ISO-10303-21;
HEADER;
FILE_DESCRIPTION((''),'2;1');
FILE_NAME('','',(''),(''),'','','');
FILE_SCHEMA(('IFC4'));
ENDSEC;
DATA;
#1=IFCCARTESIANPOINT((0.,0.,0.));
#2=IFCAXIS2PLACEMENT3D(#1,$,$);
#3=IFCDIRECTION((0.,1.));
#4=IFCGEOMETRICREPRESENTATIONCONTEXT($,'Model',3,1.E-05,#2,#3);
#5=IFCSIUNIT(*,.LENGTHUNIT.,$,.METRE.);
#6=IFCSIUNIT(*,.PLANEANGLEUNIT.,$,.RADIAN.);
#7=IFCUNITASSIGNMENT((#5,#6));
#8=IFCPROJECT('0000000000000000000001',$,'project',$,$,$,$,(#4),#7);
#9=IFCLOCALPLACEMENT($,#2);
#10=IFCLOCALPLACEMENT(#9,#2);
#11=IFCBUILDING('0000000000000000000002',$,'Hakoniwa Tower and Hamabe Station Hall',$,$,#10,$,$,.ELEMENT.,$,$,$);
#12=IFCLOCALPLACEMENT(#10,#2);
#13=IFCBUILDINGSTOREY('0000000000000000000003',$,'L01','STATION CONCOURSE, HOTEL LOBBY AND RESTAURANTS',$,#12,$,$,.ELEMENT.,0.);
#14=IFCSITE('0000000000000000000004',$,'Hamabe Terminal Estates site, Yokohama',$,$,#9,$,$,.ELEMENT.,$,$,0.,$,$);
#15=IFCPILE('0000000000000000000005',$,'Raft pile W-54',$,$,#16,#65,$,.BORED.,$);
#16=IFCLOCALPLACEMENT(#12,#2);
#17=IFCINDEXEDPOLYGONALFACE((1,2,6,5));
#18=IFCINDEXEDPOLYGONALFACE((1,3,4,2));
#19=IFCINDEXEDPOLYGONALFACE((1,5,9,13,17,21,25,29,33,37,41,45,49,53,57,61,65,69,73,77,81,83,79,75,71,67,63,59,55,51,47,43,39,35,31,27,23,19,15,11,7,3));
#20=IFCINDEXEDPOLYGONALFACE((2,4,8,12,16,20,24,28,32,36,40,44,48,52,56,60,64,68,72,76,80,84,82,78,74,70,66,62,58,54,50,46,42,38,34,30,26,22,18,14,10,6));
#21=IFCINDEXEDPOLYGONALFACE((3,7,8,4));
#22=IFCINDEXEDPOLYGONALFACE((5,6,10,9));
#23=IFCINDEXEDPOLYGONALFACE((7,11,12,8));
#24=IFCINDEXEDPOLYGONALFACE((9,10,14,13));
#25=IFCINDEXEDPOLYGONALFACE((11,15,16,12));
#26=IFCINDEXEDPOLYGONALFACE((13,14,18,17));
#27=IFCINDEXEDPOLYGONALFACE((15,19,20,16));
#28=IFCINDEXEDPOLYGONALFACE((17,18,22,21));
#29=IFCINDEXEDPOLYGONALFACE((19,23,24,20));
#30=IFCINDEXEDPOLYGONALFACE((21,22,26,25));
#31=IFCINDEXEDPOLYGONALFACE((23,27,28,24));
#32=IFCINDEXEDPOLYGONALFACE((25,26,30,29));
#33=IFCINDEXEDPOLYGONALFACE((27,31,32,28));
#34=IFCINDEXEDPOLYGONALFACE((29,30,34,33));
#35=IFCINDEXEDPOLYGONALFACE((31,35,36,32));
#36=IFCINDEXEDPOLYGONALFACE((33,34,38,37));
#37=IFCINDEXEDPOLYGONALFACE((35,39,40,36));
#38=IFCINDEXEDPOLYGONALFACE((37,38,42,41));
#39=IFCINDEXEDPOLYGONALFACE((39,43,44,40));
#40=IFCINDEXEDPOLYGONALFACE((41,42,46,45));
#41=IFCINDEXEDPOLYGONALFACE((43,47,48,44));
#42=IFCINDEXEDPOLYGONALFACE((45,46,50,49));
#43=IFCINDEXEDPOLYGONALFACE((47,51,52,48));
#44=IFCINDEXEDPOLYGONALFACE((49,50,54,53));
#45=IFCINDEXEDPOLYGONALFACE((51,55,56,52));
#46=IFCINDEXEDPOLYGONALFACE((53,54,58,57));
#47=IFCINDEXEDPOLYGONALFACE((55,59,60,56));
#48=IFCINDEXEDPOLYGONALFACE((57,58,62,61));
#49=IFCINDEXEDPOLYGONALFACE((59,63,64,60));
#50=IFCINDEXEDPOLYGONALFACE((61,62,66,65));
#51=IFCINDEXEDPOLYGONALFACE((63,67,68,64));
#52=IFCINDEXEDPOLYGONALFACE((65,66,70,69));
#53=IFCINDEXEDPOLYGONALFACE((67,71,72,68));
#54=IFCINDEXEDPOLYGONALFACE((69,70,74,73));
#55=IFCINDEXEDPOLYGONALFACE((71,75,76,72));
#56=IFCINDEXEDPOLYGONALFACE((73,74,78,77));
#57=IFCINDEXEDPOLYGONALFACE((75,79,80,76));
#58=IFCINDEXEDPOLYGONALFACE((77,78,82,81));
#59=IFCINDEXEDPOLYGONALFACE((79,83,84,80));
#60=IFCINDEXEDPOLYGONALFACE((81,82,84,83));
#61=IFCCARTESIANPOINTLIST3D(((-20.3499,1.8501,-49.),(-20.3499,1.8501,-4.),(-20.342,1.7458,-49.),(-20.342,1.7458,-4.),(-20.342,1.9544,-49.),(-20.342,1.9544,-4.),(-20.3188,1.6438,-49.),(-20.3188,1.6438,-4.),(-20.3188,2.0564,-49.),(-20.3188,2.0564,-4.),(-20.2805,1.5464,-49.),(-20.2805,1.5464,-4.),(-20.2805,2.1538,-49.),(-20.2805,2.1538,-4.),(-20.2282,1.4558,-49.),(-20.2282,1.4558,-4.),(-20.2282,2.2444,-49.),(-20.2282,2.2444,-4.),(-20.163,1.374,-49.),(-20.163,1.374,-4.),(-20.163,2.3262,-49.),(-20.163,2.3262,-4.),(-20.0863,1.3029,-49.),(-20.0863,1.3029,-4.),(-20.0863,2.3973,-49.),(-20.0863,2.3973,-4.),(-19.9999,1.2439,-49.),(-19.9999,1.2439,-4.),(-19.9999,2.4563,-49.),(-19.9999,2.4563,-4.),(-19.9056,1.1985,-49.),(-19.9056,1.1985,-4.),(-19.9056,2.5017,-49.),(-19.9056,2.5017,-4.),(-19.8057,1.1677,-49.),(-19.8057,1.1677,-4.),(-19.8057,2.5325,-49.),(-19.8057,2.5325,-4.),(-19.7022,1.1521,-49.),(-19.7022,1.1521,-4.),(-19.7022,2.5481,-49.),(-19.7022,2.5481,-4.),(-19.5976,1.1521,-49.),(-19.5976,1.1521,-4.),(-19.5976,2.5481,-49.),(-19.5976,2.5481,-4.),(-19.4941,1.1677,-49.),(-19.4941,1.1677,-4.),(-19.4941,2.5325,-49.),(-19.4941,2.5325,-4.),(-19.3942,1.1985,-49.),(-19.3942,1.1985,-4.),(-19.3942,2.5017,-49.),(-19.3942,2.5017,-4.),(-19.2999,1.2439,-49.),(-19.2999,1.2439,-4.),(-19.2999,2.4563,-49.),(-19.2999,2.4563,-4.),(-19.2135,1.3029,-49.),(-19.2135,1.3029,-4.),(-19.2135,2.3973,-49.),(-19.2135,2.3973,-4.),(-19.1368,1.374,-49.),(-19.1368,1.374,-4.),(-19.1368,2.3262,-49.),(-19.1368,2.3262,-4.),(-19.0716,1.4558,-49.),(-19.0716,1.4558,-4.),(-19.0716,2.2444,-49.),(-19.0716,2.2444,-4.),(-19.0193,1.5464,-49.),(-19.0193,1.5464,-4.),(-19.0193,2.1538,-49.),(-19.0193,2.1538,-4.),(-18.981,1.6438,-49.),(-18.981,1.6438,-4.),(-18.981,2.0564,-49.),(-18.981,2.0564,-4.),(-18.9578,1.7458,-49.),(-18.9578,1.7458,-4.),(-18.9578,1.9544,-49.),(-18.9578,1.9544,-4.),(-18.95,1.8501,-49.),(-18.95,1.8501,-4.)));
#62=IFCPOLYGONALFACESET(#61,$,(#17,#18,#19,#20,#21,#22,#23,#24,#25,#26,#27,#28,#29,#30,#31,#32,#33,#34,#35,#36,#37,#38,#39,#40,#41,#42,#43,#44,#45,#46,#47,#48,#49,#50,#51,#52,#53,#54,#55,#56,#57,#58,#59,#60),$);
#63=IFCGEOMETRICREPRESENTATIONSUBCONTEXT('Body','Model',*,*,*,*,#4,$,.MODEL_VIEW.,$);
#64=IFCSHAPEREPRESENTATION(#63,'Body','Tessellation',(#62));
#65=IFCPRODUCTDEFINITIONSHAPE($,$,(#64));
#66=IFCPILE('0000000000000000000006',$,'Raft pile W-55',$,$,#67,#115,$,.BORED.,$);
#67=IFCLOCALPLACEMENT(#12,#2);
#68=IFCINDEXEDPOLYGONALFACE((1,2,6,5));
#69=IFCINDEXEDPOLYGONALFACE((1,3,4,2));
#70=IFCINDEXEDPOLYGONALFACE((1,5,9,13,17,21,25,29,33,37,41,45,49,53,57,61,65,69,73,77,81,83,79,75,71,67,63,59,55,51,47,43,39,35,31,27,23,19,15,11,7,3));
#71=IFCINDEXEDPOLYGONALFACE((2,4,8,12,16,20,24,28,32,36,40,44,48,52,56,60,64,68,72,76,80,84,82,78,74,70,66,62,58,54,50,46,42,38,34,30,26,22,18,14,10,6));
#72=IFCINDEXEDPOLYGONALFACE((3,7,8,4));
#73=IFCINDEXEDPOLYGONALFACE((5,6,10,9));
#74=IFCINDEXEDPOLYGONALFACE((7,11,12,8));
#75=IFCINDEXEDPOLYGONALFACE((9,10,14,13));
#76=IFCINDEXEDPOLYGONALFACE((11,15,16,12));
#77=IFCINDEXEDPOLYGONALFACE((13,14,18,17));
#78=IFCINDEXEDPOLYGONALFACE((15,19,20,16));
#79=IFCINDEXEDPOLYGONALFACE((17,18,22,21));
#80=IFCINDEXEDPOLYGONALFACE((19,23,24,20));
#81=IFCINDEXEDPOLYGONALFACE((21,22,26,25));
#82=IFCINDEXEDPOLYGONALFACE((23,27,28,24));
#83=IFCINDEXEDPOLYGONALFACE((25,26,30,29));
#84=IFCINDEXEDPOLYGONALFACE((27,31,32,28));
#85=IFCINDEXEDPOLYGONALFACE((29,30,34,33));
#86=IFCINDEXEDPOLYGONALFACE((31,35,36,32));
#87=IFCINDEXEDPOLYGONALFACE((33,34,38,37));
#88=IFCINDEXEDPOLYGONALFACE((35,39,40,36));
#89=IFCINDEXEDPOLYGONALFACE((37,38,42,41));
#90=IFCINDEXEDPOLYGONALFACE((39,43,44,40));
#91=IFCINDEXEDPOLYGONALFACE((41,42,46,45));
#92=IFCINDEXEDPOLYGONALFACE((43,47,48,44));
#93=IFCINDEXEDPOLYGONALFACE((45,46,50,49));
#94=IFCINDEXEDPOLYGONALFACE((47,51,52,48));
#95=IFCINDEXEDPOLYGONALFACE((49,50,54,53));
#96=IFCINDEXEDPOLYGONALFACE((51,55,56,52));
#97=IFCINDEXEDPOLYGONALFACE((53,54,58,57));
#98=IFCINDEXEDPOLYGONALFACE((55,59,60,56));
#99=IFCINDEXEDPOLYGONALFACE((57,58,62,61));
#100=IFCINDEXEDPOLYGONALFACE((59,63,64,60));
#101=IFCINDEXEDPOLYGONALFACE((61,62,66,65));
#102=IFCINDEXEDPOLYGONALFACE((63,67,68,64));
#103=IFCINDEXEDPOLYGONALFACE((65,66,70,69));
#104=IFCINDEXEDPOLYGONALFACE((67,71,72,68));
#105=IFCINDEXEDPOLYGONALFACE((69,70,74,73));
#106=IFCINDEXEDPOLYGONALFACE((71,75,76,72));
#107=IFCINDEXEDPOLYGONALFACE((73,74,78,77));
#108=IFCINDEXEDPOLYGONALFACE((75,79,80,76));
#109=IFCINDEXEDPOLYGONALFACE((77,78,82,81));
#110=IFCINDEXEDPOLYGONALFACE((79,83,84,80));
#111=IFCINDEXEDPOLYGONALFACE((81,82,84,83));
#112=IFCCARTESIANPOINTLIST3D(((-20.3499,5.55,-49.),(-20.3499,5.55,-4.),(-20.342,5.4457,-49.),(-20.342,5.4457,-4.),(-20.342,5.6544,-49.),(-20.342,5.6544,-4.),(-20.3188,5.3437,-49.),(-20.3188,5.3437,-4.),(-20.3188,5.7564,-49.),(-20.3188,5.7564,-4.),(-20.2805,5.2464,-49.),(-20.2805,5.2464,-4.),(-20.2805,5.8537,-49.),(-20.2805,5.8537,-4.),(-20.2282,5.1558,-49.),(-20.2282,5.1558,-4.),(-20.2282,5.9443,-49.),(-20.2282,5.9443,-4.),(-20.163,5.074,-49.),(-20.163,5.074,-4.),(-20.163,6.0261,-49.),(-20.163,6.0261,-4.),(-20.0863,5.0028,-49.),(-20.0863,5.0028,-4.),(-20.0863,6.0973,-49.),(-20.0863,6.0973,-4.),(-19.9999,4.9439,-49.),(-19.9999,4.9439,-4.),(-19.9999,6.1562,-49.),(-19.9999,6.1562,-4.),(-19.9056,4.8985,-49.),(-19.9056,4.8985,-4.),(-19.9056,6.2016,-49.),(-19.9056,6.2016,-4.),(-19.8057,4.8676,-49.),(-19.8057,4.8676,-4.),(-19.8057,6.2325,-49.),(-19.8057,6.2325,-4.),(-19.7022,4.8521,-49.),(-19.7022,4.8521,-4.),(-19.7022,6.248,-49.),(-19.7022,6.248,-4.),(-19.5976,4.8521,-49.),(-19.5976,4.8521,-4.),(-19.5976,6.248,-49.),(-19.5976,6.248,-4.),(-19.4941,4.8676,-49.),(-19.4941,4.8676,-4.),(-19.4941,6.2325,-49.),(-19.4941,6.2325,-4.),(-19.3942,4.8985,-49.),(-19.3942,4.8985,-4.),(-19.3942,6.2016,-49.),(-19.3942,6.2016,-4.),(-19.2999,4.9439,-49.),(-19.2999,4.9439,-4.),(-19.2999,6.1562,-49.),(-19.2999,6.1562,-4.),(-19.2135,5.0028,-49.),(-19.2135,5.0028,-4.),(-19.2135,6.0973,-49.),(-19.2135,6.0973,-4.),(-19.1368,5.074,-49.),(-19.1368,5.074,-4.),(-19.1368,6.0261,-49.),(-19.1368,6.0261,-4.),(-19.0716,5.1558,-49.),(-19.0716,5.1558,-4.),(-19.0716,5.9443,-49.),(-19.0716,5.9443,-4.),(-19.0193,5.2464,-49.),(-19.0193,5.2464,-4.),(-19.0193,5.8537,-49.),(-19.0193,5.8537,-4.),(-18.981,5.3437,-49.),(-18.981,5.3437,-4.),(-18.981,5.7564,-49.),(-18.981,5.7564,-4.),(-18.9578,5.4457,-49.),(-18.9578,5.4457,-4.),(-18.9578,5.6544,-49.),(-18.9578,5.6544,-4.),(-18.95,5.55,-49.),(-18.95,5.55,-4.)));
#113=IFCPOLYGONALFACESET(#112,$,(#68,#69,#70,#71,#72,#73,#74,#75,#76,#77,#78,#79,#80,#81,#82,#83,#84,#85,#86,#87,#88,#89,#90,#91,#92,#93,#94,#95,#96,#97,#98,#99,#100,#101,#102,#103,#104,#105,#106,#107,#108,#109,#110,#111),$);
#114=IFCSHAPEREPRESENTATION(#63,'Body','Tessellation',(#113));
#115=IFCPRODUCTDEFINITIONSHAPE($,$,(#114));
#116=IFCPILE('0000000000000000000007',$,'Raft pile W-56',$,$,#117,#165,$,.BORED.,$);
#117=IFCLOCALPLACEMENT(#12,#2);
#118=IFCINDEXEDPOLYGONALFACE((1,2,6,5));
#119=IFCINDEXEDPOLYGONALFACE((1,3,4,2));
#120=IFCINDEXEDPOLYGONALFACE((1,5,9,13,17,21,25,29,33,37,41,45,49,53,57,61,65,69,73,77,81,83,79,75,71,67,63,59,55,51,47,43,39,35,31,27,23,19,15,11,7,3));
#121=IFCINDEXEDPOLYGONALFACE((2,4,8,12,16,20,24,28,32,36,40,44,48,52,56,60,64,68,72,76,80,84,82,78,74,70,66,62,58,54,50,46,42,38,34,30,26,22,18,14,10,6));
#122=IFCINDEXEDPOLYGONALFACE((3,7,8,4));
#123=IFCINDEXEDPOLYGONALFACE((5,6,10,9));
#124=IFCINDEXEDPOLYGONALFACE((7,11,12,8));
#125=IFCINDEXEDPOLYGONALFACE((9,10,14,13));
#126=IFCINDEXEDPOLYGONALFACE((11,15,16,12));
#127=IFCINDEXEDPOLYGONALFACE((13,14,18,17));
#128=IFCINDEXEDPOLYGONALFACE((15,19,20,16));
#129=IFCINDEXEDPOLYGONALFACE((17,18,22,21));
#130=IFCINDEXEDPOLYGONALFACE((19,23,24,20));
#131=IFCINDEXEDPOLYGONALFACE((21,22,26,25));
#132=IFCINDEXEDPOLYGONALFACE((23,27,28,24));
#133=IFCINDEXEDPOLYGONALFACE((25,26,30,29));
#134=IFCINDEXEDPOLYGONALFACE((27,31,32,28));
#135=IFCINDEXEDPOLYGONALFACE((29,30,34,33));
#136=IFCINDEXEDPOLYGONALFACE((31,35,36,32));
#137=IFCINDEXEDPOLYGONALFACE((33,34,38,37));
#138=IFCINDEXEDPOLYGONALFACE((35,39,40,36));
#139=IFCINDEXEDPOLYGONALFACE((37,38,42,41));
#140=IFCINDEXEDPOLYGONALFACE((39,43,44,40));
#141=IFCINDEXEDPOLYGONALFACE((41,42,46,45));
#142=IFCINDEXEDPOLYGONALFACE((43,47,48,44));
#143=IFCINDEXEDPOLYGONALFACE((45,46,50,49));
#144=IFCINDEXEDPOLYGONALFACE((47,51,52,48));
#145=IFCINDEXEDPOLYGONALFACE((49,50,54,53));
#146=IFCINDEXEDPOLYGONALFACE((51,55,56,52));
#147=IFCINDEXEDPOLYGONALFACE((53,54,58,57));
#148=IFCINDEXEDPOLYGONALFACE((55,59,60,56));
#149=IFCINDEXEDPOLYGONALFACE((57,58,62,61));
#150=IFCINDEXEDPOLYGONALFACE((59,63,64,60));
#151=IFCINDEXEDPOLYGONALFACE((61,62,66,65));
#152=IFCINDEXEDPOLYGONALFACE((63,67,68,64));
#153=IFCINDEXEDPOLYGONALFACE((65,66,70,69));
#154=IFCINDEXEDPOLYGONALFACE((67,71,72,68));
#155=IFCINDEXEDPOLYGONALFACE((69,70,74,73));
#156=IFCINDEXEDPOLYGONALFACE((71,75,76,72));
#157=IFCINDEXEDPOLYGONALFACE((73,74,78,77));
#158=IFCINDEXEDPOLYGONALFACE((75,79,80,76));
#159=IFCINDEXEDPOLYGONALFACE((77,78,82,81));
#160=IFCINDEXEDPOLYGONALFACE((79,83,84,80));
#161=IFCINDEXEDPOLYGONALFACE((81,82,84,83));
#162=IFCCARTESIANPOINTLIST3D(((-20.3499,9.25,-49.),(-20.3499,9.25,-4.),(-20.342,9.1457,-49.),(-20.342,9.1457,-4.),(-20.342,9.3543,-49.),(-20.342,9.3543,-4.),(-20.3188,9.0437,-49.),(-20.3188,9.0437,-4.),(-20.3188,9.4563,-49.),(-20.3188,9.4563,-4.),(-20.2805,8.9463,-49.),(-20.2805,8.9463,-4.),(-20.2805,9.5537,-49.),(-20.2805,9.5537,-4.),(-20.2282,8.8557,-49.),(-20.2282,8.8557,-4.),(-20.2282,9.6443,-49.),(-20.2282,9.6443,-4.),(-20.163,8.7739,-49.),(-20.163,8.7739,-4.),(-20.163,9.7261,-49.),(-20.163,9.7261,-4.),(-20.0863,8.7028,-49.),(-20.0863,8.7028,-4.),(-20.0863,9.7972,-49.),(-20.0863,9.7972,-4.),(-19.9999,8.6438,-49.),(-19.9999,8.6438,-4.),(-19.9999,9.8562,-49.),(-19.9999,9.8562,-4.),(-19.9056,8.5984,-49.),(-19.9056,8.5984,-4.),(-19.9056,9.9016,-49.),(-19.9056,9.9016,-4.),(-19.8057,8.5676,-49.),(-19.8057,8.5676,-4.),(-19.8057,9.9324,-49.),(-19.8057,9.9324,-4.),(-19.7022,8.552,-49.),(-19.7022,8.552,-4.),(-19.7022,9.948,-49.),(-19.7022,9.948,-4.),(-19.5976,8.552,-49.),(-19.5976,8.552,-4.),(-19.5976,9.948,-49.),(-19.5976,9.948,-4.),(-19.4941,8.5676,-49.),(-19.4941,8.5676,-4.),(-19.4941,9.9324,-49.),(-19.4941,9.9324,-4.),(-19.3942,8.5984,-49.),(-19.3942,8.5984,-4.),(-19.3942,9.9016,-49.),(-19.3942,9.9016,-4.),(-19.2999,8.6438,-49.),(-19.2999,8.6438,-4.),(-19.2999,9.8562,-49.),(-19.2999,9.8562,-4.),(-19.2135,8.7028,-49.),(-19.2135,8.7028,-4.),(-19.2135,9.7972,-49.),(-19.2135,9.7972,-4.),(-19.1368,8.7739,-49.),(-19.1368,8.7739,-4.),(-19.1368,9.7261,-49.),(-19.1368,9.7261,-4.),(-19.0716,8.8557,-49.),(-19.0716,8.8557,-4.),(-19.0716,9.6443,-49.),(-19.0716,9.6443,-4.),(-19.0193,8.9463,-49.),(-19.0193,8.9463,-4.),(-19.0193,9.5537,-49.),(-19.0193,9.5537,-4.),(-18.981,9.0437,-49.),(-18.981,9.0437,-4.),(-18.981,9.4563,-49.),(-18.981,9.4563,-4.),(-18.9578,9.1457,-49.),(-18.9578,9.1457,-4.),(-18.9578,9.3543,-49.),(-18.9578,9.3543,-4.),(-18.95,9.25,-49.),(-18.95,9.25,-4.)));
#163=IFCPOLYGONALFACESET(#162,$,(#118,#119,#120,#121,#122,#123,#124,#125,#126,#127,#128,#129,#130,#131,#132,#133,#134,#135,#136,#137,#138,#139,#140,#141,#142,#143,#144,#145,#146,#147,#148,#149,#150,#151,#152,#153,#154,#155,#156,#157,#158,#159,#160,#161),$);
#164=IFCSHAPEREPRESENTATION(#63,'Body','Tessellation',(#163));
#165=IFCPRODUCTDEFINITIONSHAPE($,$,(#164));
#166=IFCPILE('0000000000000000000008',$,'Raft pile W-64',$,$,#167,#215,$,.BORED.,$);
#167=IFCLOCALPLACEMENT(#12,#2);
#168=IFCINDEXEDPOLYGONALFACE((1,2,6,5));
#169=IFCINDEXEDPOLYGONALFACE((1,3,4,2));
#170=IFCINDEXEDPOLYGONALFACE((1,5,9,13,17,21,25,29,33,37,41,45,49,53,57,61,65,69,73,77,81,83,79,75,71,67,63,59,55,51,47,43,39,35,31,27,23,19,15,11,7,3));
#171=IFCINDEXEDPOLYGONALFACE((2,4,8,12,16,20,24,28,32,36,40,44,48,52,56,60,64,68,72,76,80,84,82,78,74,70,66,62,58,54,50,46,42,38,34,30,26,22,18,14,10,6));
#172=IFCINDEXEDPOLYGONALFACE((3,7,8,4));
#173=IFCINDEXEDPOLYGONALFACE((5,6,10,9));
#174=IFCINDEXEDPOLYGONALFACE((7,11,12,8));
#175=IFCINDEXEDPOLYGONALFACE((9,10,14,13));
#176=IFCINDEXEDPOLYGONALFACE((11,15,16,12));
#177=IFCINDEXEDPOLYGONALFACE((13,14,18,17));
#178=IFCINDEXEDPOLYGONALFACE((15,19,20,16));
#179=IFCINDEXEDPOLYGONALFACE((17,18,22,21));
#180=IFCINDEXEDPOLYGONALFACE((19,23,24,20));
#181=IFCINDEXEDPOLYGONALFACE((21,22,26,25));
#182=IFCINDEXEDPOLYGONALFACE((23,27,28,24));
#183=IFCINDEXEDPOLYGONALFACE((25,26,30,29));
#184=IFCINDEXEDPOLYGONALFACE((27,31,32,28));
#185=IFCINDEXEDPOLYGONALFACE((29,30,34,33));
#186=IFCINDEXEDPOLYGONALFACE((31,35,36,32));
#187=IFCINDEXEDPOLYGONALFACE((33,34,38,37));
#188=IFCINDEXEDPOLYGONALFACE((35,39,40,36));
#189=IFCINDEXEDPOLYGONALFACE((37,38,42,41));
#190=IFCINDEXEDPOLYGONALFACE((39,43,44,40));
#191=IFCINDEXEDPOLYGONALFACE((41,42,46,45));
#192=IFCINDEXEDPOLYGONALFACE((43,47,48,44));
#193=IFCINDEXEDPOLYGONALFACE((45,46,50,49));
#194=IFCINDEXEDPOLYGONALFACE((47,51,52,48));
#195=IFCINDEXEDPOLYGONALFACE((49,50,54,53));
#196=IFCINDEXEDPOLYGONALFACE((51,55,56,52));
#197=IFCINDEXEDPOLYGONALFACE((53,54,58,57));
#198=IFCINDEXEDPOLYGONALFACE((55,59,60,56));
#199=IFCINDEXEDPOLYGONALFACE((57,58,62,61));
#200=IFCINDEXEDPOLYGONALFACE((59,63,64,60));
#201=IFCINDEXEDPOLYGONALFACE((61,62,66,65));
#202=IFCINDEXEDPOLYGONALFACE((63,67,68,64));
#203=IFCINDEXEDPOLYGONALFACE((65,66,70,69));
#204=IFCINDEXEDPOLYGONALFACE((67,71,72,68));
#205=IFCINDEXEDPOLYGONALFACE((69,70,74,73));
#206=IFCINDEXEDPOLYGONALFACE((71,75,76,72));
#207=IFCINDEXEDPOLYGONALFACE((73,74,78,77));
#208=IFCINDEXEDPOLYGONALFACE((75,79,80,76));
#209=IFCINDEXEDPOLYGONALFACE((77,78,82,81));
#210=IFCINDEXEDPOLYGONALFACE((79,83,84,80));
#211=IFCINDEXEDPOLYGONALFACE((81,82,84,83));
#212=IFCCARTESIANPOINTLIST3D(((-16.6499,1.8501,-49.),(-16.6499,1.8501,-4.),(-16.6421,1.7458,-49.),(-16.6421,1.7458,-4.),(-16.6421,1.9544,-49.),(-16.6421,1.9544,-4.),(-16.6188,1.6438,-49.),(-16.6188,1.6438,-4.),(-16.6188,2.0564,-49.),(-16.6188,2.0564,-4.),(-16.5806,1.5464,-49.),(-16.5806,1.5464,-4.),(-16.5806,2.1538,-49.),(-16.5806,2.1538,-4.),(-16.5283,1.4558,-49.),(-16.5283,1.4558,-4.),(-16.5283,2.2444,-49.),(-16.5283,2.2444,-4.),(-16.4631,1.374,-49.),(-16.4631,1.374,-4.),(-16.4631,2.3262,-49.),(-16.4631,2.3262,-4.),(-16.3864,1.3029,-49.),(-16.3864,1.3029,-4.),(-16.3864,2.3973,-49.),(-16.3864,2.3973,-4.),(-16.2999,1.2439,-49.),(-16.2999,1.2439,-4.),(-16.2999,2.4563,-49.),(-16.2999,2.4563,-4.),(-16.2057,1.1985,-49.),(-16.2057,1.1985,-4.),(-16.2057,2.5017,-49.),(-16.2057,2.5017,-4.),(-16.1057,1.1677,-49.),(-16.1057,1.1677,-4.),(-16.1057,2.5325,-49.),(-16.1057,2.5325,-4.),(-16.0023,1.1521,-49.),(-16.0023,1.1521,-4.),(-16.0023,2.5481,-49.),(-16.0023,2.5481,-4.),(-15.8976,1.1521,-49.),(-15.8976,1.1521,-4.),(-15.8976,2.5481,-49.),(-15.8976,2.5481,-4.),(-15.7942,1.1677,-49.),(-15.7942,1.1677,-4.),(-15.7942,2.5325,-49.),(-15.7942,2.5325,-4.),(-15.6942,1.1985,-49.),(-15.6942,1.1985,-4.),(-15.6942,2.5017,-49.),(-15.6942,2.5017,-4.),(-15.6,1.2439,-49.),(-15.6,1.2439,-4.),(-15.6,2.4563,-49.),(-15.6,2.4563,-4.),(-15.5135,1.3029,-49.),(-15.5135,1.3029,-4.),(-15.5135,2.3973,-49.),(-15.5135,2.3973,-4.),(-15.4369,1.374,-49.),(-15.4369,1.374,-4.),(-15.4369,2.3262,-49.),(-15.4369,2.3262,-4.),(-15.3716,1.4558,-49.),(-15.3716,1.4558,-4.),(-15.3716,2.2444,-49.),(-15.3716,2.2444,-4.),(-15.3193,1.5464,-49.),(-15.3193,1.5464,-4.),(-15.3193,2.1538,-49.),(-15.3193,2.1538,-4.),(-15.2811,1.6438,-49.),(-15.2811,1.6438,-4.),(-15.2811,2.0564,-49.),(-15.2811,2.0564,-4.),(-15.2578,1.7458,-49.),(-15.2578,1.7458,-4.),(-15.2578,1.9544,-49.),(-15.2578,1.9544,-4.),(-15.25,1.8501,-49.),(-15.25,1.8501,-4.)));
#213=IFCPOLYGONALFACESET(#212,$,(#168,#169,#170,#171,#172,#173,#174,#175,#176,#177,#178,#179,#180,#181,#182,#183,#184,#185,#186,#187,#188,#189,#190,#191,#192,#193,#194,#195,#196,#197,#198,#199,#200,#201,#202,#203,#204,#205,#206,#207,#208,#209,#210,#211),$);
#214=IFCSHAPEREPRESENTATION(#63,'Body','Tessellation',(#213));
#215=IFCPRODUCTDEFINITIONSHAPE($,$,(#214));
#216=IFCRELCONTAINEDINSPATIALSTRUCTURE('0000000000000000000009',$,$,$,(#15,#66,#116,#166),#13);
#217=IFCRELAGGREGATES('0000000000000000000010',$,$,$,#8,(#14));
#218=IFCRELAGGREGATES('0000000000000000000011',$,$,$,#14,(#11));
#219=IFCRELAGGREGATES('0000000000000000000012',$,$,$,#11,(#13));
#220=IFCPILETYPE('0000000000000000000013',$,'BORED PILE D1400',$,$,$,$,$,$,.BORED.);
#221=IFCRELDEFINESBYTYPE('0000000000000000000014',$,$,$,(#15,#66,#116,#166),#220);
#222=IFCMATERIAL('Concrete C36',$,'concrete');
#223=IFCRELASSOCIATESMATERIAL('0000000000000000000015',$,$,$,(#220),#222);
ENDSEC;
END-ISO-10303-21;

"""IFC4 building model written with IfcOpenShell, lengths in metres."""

from ifc_helpers import new_model, si_unit, direction, frame, origin, origin_2d, place, context, subcontext, project, spatial, circle, extrude, material, material_profile, profile_set, type_object, element, save


model = new_model("IFC4")

# Units and contexts
model_context = context("Model", 3, precision=1e-05, world=origin(), true_north=direction((0.0, 1.0)))
body_context = subcontext(model_context, "Body", "Model", "MODEL_VIEW")
ifc_project = project(units=[si_unit("LENGTHUNIT", "METRE"), si_unit("PLANEANGLEUNIT", "RADIAN")], contexts=[model_context])

# Site, building, storey
site_placement = place(None, origin())
site = spatial("IfcSite", under=ifc_project, at=site_placement, Name="Hamabe Terminal Estates site, Yokohama", CompositionType="ELEMENT", RefElevation=0.0)
building_placement = place(site_placement, origin())
building = spatial("IfcBuilding", under=site, at=building_placement, Name="Hakoniwa Tower and Hamabe Station Hall", CompositionType="ELEMENT")
storey_placement = place(building_placement, origin())
storey = spatial("IfcBuildingStorey", under=building, at=storey_placement, Name="L01", Description="STATION CONCOURSE, HOTEL LOBBY AND RESTAURANTS", CompositionType="ELEMENT", Elevation=0.0)

# Piles
ifc_material_1 = material(Name="Concrete C36", Category="concrete")
ifc_material_profile_1 = material_profile(ifc_material_1, circle(Radius=0.7, at=origin_2d()), Name="BORED PILE D1400")
ifc_profile_set_1 = profile_set([ifc_material_profile_1], Name="Concrete C36")
pile_type = type_object("IfcPileType", Name="BORED PILE D1400", PredefinedType="BORED", material=ifc_profile_set_1)
for number, where, z_axis, x_axis, name in (
    (1, (-19.6499, 1.8501, -4.0), (0.0, 0.0, -1.0), (1.0, 0.0, 0.0), "Raft pile W-54"),
    (2, (-19.6499, 5.55, -4.0), (0.0, 0.0, -1.0), (1.0, 0.0, 0.0), "Raft pile W-55"),
    (3, (-19.6499, 9.25, -4.0), (0.0, 0.0, -1.0), (1.0, 0.0, 0.0), "Raft pile W-56"),
    (4, (-15.95, 1.8501, -4.0), (0.0, 0.0, -1.0), (1.0, 0.0, 0.0), "Raft pile W-64"),
):
    element("IfcPile", number, at=place(storey_placement, frame(where, z_axis=z_axis, x_axis=x_axis)), inside=storey, type_object=pile_type, Name=name, PredefinedType="BORED", context=body_context, shape_type="SweptSolid", body=[
        extrude(circle(Radius=0.7, at=origin_2d()), origin(), (0.0, 0.0, 1.0), 45.0),
    ])

save(model, "model.ifc")
